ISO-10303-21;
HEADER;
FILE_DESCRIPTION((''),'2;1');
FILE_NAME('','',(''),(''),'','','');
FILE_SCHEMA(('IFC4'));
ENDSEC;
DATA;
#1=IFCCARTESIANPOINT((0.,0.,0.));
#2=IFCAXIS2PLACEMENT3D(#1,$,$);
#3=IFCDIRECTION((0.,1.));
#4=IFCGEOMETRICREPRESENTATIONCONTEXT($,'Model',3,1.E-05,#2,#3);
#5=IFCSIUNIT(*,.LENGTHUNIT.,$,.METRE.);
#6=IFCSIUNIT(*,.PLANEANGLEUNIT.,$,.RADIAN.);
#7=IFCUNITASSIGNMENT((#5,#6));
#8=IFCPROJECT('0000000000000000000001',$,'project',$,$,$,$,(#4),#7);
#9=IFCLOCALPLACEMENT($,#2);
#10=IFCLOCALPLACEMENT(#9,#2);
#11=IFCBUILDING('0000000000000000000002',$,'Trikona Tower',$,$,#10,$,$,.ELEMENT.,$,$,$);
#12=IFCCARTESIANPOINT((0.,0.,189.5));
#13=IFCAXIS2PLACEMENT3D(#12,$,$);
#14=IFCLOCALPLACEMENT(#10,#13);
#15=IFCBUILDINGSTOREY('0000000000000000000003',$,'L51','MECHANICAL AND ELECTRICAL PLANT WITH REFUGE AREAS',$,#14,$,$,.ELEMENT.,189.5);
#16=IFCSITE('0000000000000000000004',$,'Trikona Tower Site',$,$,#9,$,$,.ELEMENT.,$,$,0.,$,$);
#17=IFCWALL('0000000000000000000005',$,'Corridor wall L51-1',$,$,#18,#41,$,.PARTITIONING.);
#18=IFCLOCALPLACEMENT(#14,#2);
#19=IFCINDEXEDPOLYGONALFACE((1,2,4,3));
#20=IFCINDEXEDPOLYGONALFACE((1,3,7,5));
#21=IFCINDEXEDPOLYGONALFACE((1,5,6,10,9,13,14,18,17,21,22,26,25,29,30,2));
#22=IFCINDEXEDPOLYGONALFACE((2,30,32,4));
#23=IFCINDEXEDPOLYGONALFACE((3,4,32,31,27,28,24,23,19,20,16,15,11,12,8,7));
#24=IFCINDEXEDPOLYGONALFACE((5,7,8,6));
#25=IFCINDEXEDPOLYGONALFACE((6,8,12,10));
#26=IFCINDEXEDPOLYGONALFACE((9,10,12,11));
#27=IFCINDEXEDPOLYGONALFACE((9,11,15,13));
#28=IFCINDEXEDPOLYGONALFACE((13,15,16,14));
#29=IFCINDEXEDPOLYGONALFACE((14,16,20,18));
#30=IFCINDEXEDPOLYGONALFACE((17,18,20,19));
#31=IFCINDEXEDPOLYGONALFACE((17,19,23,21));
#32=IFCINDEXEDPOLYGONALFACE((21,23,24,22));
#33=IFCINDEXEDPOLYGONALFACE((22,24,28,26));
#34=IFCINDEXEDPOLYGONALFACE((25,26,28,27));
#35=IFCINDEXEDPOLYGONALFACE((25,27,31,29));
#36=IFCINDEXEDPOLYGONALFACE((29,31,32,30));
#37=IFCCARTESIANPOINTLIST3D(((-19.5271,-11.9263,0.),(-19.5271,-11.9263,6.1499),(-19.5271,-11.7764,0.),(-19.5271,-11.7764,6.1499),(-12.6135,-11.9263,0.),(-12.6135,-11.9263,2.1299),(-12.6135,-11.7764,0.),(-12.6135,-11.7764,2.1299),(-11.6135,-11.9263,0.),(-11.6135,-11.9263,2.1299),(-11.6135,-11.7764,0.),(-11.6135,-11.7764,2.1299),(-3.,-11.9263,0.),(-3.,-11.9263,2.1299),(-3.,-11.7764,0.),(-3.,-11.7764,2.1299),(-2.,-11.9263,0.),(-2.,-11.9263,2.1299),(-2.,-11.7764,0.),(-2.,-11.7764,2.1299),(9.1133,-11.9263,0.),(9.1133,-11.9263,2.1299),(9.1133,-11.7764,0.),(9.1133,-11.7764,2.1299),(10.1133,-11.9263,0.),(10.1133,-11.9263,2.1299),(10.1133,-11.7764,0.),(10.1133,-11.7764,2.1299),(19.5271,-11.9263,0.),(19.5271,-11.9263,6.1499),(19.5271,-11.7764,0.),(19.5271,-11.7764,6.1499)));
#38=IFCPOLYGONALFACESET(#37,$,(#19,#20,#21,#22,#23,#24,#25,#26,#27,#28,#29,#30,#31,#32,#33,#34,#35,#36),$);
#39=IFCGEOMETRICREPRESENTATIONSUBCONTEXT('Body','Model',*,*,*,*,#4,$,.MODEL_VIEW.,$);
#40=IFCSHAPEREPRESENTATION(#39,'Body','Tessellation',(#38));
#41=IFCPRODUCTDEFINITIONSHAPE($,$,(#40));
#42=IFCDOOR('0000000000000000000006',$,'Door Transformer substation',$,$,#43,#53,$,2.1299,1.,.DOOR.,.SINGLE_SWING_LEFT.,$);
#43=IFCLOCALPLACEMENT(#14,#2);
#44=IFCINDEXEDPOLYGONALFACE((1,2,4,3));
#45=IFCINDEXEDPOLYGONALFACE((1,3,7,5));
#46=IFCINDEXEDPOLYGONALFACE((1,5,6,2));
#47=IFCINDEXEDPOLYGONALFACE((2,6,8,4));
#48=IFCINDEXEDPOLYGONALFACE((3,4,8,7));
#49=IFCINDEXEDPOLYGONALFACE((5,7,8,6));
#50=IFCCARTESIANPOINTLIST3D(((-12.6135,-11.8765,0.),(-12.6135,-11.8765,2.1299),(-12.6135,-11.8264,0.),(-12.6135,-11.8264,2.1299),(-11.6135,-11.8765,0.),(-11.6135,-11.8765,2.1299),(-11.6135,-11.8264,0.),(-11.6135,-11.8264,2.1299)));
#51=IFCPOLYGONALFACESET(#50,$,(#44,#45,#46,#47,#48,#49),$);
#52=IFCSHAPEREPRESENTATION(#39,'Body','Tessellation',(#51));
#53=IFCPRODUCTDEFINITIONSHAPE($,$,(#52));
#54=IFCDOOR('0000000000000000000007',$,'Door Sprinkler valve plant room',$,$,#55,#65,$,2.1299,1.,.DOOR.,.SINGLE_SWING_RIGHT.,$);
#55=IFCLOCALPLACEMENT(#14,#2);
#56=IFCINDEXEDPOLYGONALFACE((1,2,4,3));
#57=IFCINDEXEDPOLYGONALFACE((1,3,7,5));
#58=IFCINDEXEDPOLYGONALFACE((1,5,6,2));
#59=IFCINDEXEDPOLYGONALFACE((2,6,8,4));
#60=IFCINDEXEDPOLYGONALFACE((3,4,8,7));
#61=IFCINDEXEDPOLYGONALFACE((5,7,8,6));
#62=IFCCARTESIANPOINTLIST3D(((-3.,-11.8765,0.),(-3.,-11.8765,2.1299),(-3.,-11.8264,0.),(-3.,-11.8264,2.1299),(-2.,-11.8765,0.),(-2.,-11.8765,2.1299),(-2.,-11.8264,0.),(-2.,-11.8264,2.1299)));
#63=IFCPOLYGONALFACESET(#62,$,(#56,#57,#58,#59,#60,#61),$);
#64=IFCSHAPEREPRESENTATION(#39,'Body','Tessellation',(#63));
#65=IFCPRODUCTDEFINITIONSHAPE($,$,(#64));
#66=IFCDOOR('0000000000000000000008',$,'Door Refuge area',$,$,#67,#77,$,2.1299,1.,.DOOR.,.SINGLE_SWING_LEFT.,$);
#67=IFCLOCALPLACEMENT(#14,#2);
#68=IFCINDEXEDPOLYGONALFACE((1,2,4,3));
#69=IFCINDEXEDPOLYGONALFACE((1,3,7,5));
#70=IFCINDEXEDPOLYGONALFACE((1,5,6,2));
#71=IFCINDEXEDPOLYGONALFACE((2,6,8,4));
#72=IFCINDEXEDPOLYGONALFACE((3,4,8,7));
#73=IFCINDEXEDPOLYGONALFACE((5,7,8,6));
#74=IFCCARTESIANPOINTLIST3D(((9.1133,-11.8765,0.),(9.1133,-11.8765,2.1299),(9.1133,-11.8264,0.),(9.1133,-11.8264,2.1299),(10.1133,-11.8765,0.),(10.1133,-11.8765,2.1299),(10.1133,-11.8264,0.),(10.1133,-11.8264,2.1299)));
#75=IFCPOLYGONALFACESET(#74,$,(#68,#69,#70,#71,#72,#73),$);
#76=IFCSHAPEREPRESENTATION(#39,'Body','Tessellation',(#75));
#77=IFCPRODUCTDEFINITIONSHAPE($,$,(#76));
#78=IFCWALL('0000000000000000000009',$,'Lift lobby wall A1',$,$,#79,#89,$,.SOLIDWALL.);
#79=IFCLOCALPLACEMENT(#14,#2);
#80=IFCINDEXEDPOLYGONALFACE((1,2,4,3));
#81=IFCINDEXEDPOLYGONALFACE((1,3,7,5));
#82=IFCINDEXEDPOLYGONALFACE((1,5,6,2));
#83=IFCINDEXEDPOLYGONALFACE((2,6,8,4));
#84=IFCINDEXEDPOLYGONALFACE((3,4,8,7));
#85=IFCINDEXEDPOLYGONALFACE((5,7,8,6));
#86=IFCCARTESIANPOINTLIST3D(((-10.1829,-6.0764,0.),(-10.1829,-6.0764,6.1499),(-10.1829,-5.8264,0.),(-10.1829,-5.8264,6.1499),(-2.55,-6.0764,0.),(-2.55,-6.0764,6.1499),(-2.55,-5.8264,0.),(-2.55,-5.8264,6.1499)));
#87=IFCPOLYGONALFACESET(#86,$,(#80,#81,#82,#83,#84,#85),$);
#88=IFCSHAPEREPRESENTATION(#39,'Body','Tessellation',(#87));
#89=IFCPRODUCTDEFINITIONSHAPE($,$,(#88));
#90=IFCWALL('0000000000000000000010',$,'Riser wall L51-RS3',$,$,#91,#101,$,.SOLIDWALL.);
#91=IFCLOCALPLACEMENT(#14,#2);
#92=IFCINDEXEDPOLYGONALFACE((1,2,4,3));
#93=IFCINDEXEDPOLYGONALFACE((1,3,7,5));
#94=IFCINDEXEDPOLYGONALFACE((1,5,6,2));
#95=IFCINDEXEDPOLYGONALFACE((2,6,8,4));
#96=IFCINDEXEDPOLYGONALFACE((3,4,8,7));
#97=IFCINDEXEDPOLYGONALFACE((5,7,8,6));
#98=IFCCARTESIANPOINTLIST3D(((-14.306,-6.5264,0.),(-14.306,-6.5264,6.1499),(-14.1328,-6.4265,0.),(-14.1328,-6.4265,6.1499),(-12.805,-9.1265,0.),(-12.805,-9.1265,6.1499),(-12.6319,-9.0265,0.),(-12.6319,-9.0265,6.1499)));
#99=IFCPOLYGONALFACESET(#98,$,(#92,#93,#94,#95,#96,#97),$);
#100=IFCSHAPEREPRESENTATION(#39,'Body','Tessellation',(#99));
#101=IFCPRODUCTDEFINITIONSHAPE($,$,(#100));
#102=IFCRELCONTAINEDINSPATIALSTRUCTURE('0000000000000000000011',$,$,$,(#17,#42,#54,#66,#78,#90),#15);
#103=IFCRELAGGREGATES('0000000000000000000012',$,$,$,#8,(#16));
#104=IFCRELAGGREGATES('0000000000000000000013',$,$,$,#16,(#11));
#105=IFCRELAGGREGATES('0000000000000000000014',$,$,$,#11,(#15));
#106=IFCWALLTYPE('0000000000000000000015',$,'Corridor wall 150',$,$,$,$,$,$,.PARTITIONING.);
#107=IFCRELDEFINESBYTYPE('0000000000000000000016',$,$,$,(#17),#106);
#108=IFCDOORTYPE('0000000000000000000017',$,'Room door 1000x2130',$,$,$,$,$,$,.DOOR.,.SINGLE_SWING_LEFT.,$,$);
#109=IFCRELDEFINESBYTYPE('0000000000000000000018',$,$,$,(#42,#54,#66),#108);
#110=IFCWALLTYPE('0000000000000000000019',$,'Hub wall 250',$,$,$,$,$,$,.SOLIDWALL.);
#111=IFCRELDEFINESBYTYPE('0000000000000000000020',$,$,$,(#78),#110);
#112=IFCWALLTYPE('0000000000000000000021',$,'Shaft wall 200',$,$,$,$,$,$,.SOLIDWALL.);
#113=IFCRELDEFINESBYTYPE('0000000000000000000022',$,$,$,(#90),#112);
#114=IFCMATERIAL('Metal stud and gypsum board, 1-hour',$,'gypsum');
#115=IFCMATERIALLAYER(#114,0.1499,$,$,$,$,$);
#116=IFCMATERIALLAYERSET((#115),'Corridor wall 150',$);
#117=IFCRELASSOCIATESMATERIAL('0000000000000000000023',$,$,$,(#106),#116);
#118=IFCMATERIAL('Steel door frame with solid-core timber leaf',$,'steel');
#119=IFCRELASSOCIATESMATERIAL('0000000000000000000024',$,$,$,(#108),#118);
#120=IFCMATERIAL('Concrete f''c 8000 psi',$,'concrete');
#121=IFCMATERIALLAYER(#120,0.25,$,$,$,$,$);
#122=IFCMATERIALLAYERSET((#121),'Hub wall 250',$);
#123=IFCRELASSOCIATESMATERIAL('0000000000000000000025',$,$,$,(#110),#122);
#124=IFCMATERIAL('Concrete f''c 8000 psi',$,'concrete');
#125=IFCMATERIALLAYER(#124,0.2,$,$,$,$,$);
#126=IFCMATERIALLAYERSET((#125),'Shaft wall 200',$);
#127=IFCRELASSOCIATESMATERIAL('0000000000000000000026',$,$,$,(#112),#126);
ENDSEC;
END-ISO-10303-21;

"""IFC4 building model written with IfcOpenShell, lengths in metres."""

from ifc_helpers import new_model, si_unit, direction, frame, frame_2d, origin, place, context, subcontext, project, spatial, rectangle, extrude, material, layer, layer_set, type_object, element, fill, save


model = new_model("IFC4")

# Units and contexts
model_context = context("Model", 3, precision=1e-05, world=origin(), true_north=direction((0.0, 1.0)))
body_context = subcontext(model_context, "Body", "Model", "MODEL_VIEW")
ifc_project = project(units=[si_unit("LENGTHUNIT", "METRE"), si_unit("PLANEANGLEUNIT", "RADIAN")], contexts=[model_context])

# Site, building, storey
site_placement = place(None, origin())
site = spatial("IfcSite", under=ifc_project, at=site_placement, Name="Trikona Tower Site", CompositionType="ELEMENT", RefElevation=0.0)
building_placement = place(site_placement, origin())
building = spatial("IfcBuilding", under=site, at=building_placement, Name="Trikona Tower", CompositionType="ELEMENT")
storey_placement = place(building_placement, frame((0.0, 0.0, 189.5)))
storey = spatial("IfcBuildingStorey", under=building, at=storey_placement, Name="L51", Description="MECHANICAL AND ELECTRICAL PLANT WITH REFUGE AREAS", CompositionType="ELEMENT", Elevation=189.5)

# Wall, openings, doors
ifc_material_1 = material(Name="Metal stud and gypsum board, 1-hour", Category="gypsum")
ifc_layer_1 = layer(ifc_material_1, 0.1499)
ifc_layer_set_1 = layer_set([ifc_layer_1], Name="Corridor wall 150")
wall_type_1 = type_object("IfcWallType", Name="Corridor wall 150", PredefinedType="PARTITIONING", material=ifc_layer_set_1)
wall_1_placement = place(storey_placement, frame((-19.5271, -11.8513, 0.0), z_axis=(0.0, 0.0, 1.0), x_axis=(1.0, 0.0, 0.0)))
wall_1 = element("IfcWall", 1, at=wall_1_placement, inside=storey, type_object=wall_type_1, Name="Corridor wall L51-1", PredefinedType="PARTITIONING", context=body_context, shape_type="SweptSolid", body=[
    extrude(rectangle(XDim=39.0542, YDim=0.1499, at=frame_2d((19.5271, 0.0))), origin(), (0.0, 0.0, 1.0), 6.1499),
])
opening_1_placement = place(wall_1_placement, frame((6.9136, 0.0, 0.0)))
opening_1 = element("IfcOpeningElement", 2, at=opening_1_placement, cuts=wall_1, PredefinedType="OPENING", context=body_context, shape_type="SweptSolid", body=[
    extrude(rectangle(XDim=1.0, YDim=2.1299, at=frame_2d((0.5, 1.0649))), frame((0.0, 0.085, 0.0), z_axis=(0.0, -1.0, 0.0), x_axis=(1.0, 0.0, 0.0)), (0.0, 0.0, 1.0), 0.1699),
])
opening_2_placement = place(wall_1_placement, frame((16.5271, 0.0, 0.0)))
opening_2 = element("IfcOpeningElement", 3, at=opening_2_placement, cuts=wall_1, PredefinedType="OPENING", context=body_context, shape_type="SweptSolid", body=[
    extrude(rectangle(XDim=1.0, YDim=2.1299, at=frame_2d((0.5, 1.0649))), frame((0.0, 0.085, 0.0), z_axis=(0.0, -1.0, 0.0), x_axis=(1.0, 0.0, 0.0)), (0.0, 0.0, 1.0), 0.1699),
])
opening_3_placement = place(wall_1_placement, frame((28.6404, 0.0, 0.0)))
opening_3 = element("IfcOpeningElement", 4, at=opening_3_placement, cuts=wall_1, PredefinedType="OPENING", context=body_context, shape_type="SweptSolid", body=[
    extrude(rectangle(XDim=1.0, YDim=2.1299, at=frame_2d((0.5, 1.0649))), frame((0.0, 0.085, 0.0), z_axis=(0.0, -1.0, 0.0), x_axis=(1.0, 0.0, 0.0)), (0.0, 0.0, 1.0), 0.1699),
])
ifc_material_2 = material(Name="Steel door frame with solid-core timber leaf", Category="steel")
door_type_1 = type_object("IfcDoorType", Name="Room door 1000x2130", OperationType="SINGLE_SWING_LEFT", PredefinedType="DOOR", material=ifc_material_2)
door_1_placement = place(opening_1_placement, origin())
door_1 = element("IfcDoor", 5, at=door_1_placement, inside=storey, type_object=door_type_1, Name="Door Transformer substation", OperationType="SINGLE_SWING_LEFT", OverallHeight=2.1299, OverallWidth=1.0, PredefinedType="DOOR", context=body_context, shape_type="SweptSolid", body=[
    extrude(rectangle(XDim=1.0, YDim=2.1299, at=frame_2d((0.5, 1.0649))), frame((0.0, 0.0249, 0.0), z_axis=(0.0, -1.0, 0.0), x_axis=(1.0, 0.0, 0.0)), (0.0, 0.0, 1.0), 0.05),
])
fill(opening_1, door_1)
door_2_placement = place(opening_2_placement, origin())
door_2 = element("IfcDoor", 6, at=door_2_placement, inside=storey, type_object=door_type_1, Name="Door Sprinkler valve plant room", OperationType="SINGLE_SWING_RIGHT", OverallHeight=2.1299, OverallWidth=1.0, PredefinedType="DOOR", context=body_context, shape_type="SweptSolid", body=[
    extrude(rectangle(XDim=1.0, YDim=2.1299, at=frame_2d((0.5, 1.0649))), frame((0.0, 0.0249, 0.0), z_axis=(0.0, -1.0, 0.0), x_axis=(1.0, 0.0, 0.0)), (0.0, 0.0, 1.0), 0.05),
])
fill(opening_2, door_2)
door_3_placement = place(opening_3_placement, origin())
door_3 = element("IfcDoor", 7, at=door_3_placement, inside=storey, type_object=door_type_1, Name="Door Refuge area", OperationType="SINGLE_SWING_LEFT", OverallHeight=2.1299, OverallWidth=1.0, PredefinedType="DOOR", context=body_context, shape_type="SweptSolid", body=[
    extrude(rectangle(XDim=1.0, YDim=2.1299, at=frame_2d((0.5, 1.0649))), frame((0.0, 0.0249, 0.0), z_axis=(0.0, -1.0, 0.0), x_axis=(1.0, 0.0, 0.0)), (0.0, 0.0, 1.0), 0.05),
])
fill(opening_3, door_3)

# Walls
ifc_material_3 = material(Name="Concrete f'c 8000 psi", Category="concrete")
ifc_layer_2 = layer(ifc_material_3, 0.25)
ifc_layer_set_2 = layer_set([ifc_layer_2], Name="Hub wall 250")
wall_type_2 = type_object("IfcWallType", Name="Hub wall 250", PredefinedType="SOLIDWALL", material=ifc_layer_set_2)
wall_2_placement = place(storey_placement, frame((-10.1829, -5.9514, 0.0), z_axis=(0.0, 0.0, 1.0), x_axis=(1.0, 0.0, 0.0)))
element("IfcWall", 8, at=wall_2_placement, inside=storey, type_object=wall_type_2, Name="Lift lobby wall A1", PredefinedType="SOLIDWALL", context=body_context, shape_type="SweptSolid", body=[
    extrude(rectangle(XDim=7.6328, YDim=0.25, at=frame_2d((3.8164, 0.0))), origin(), (0.0, 0.0, 1.0), 6.1499),
])
ifc_material_4 = material(Name="Concrete f'c 8000 psi", Category="concrete")
ifc_layer_3 = layer(ifc_material_4, 0.2)
ifc_layer_set_3 = layer_set([ifc_layer_3], Name="Shaft wall 200")
wall_type_3 = type_object("IfcWallType", Name="Shaft wall 200", PredefinedType="SOLIDWALL", material=ifc_layer_set_3)
wall_3_placement = place(storey_placement, frame((-12.7185, -9.0764, 0.0), z_axis=(0.0, 0.0, 1.0), x_axis=(-0.499952, 0.866053, 0.0)))
element("IfcWall", 9, at=wall_3_placement, inside=storey, type_object=wall_type_3, Name="Riser wall L51-RS3", PredefinedType="SOLIDWALL", context=body_context, shape_type="SweptSolid", body=[
    extrude(rectangle(XDim=3.0022, YDim=0.2, at=frame_2d((1.501, 0.0))), origin(), (0.0, 0.0, 1.0), 6.1499),
])

save(model, "model.ifc")
